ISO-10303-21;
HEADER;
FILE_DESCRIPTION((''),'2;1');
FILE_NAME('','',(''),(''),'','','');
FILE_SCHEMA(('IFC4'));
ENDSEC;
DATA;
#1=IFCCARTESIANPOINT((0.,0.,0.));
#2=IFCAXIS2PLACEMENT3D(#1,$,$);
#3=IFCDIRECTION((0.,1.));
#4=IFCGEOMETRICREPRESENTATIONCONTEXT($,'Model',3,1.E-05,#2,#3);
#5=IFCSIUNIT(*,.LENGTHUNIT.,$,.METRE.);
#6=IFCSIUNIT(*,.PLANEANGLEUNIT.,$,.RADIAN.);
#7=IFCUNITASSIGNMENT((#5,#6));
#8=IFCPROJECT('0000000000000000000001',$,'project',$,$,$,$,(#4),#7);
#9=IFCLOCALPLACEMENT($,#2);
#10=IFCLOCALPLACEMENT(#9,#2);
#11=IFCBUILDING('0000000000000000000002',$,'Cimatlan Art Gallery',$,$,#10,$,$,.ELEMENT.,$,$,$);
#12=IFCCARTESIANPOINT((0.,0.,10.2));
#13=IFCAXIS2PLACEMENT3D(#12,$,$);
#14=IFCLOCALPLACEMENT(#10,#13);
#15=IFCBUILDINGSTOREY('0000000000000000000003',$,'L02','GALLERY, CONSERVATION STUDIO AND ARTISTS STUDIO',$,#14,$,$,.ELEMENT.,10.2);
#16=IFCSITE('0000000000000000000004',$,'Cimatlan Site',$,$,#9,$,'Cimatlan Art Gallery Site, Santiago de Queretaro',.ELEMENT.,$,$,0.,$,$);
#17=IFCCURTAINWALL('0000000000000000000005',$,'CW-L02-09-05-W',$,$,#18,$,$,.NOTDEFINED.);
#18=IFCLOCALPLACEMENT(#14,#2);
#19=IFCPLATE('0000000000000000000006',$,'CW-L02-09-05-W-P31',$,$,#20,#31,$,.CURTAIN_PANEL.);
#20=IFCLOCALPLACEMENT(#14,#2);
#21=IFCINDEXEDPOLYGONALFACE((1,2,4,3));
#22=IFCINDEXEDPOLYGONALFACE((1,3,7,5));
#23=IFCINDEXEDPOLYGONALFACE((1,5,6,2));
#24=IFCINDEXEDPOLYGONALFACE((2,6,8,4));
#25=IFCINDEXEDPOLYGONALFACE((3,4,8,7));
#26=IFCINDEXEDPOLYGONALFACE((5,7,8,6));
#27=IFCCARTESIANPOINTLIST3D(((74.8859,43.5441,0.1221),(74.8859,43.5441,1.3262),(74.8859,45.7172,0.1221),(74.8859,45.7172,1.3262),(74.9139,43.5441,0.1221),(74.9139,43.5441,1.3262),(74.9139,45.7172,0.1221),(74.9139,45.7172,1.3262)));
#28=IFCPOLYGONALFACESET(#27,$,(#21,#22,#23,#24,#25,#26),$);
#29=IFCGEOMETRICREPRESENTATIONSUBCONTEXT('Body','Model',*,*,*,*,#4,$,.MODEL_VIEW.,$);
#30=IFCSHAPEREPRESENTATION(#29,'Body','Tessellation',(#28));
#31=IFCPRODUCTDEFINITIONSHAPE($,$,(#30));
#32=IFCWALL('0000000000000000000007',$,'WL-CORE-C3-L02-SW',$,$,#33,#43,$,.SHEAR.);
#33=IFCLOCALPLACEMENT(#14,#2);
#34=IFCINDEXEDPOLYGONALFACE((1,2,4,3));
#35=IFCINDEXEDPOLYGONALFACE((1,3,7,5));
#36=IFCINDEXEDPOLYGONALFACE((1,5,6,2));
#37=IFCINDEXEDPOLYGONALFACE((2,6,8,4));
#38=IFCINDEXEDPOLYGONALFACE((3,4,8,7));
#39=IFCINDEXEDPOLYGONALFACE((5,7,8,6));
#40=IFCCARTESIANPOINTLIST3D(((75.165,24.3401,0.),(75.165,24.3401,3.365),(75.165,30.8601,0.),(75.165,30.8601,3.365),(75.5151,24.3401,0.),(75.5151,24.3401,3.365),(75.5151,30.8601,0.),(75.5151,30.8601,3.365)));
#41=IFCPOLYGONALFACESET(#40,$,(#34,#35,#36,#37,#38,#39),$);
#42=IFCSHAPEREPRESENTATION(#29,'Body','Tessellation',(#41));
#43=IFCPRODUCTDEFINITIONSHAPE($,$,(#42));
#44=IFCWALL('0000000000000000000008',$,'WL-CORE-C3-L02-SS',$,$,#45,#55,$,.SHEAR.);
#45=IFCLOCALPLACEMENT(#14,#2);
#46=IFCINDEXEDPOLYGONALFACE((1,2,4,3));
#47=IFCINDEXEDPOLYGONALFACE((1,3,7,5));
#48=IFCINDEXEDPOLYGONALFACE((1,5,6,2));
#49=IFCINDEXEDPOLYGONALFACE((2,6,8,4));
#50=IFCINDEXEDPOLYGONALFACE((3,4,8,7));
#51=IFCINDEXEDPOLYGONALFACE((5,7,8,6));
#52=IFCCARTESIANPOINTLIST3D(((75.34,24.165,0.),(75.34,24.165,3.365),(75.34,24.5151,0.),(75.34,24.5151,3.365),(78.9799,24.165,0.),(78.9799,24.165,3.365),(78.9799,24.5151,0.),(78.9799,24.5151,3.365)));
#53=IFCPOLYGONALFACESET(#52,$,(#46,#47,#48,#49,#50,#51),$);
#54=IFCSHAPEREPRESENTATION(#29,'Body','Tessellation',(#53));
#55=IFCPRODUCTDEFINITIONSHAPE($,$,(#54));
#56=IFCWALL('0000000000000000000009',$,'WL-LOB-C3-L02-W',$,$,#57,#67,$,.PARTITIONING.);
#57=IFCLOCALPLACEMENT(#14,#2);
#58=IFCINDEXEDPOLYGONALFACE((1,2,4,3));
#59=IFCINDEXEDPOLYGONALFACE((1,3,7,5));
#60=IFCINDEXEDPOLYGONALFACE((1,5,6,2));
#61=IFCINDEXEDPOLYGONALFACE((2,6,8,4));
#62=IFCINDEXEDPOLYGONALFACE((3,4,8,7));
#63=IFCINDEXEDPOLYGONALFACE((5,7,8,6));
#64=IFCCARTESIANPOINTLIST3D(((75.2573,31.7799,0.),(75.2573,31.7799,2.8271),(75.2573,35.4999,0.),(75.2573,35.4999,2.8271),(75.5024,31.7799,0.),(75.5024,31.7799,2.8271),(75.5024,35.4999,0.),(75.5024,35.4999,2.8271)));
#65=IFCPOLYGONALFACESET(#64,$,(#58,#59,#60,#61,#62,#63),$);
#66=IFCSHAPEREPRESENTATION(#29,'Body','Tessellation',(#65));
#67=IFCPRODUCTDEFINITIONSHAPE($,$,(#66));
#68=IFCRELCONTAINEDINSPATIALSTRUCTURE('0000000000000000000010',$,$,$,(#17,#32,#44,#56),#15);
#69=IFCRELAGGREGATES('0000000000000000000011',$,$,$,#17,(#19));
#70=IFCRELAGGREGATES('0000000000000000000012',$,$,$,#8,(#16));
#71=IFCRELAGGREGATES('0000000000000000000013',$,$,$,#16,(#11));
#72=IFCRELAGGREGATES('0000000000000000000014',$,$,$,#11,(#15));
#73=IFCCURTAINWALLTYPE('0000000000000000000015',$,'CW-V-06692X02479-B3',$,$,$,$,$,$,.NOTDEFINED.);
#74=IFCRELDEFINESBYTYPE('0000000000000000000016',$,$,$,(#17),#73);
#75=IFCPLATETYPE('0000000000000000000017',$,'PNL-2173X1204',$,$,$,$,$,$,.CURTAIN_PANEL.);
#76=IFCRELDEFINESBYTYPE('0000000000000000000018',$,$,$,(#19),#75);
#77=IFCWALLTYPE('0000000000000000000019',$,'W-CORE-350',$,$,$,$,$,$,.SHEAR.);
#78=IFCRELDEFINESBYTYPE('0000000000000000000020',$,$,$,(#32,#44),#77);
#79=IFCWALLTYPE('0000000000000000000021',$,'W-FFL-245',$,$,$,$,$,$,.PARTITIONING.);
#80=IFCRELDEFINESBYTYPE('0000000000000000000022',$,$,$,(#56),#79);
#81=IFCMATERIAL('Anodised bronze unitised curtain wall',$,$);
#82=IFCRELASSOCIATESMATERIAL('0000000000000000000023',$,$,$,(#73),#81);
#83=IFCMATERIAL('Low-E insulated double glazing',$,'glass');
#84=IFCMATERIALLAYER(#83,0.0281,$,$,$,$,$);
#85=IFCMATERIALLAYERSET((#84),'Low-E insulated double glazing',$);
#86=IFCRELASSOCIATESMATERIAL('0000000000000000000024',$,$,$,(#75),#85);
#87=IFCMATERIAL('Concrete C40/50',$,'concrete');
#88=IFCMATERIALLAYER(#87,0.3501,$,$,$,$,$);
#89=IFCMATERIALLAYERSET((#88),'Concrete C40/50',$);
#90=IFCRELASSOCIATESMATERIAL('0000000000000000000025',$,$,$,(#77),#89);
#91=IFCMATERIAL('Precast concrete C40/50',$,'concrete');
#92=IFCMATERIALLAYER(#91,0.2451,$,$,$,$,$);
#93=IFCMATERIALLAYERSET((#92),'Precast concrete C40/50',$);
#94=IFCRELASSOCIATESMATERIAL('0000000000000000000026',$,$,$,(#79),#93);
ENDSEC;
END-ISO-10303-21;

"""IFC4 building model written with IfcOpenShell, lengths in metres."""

from ifc_helpers import new_model, si_unit, direction, frame, frame_2d, origin, origin_2d, place, context, subcontext, project, spatial, rectangle, extrude, material, layer, layer_set, type_object, element, aggregate, save


model = new_model("IFC4")

# Units and contexts
model_context = context("Model", 3, precision=1e-05, world=origin(), true_north=direction((0.0, 1.0)))
body_context = subcontext(model_context, "Body", "Model", "MODEL_VIEW")
ifc_project = project(units=[si_unit("LENGTHUNIT", "METRE"), si_unit("PLANEANGLEUNIT", "RADIAN")], contexts=[model_context])

# Site, building, storey
site_placement = place(None, origin())
site = spatial("IfcSite", under=ifc_project, at=site_placement, Name="Cimatlan Site", LongName="Cimatlan Art Gallery Site, Santiago de Queretaro", CompositionType="ELEMENT", RefElevation=0.0)
building_placement = place(site_placement, origin())
building = spatial("IfcBuilding", under=site, at=building_placement, Name="Cimatlan Art Gallery", CompositionType="ELEMENT")
storey_placement = place(building_placement, frame((0.0, 0.0, 10.2)))
storey = spatial("IfcBuildingStorey", under=building, at=storey_placement, Name="L02", Description="GALLERY, CONSERVATION STUDIO AND ARTISTS STUDIO", CompositionType="ELEMENT", Elevation=10.2)

# Curtain wall
ifc_material_1 = material(Name="Anodised bronze unitised curtain wall")
curtain_wall_type_1 = type_object("IfcCurtainWallType", Name="CW-V-06692X02479-B3", PredefinedType="NOTDEFINED", material=ifc_material_1)
curtain_wall_1_placement = place(storey_placement, origin())
curtain_wall_1 = element("IfcCurtainWall", 1, at=curtain_wall_1_placement, inside=storey, type_object=curtain_wall_type_1, Name="CW-L02-09-05-W", PredefinedType="NOTDEFINED")

# Plate
ifc_material_2 = material(Name="Low-E insulated double glazing", Category="glass")
ifc_layer_1 = layer(ifc_material_2, 0.0281)
ifc_layer_set_1 = layer_set([ifc_layer_1], Name="Low-E insulated double glazing")
plate_type_1 = type_object("IfcPlateType", Name="PNL-2173X1204", PredefinedType="CURTAIN_PANEL", material=ifc_layer_set_1)
plate_1_placement = place(storey_placement, frame((74.8999, 44.6306, 0.1221), z_axis=(0.0, 0.0, 1.0), x_axis=(0.0, 1.0, 0.0)))
plate_1 = element("IfcPlate", 2, at=plate_1_placement, type_object=plate_type_1, Name="CW-L02-09-05-W-P31", PredefinedType="CURTAIN_PANEL", context=body_context, shape_type="SweptSolid", body=[
    extrude(rectangle(XDim=2.1731, YDim=0.0281, at=origin_2d()), origin(), (0.0, 0.0, 1.0), 1.2041),
])
aggregate(curtain_wall_1, [plate_1])

# Walls
ifc_material_3 = material(Name="Concrete C40/50", Category="concrete")
ifc_layer_2 = layer(ifc_material_3, 0.3501)
ifc_layer_set_2 = layer_set([ifc_layer_2], Name="Concrete C40/50")
wall_type_1 = type_object("IfcWallType", Name="W-CORE-350", PredefinedType="SHEAR", material=ifc_layer_set_2)
wall_1_placement = place(storey_placement, frame((75.3401, 24.3401, 0.0), z_axis=(0.0, 0.0, 1.0), x_axis=(0.0, 1.0, 0.0)))
element("IfcWall", 3, at=wall_1_placement, inside=storey, type_object=wall_type_1, Name="WL-CORE-C3-L02-SW", PredefinedType="SHEAR", context=body_context, shape_type="SweptSolid", body=[
    extrude(rectangle(XDim=6.52, YDim=0.3501, at=frame_2d((3.26, 0.0))), origin(), (0.0, 0.0, 1.0), 3.365),
])
wall_2_placement = place(storey_placement, frame((75.3401, 24.3401, 0.0), z_axis=(0.0, 0.0, 1.0), x_axis=(1.0, 0.0, 0.0)))
element("IfcWall", 4, at=wall_2_placement, inside=storey, type_object=wall_type_1, Name="WL-CORE-C3-L02-SS", PredefinedType="SHEAR", context=body_context, shape_type="SweptSolid", body=[
    extrude(rectangle(XDim=3.6399, YDim=0.3501, at=frame_2d((1.8198, 0.0))), origin(), (0.0, 0.0, 1.0), 3.365),
])

# Shared definitions
ifc_material_4 = material(Name="Precast concrete C40/50", Category="concrete")
ifc_layer_3 = layer(ifc_material_4, 0.2451)
ifc_layer_set_3 = layer_set([ifc_layer_3], Name="Precast concrete C40/50")
wall_type_2 = type_object("IfcWallType", Name="W-FFL-245", PredefinedType="PARTITIONING", material=ifc_layer_set_3)

# Wall
wall_3_placement = place(storey_placement, frame((75.3799, 31.78, 0.0), z_axis=(0.0, 0.0, 1.0), x_axis=(0.0, 1.0, 0.0)))
element("IfcWall", 5, at=wall_3_placement, inside=storey, type_object=wall_type_2, Name="WL-LOB-C3-L02-W", PredefinedType="PARTITIONING", context=body_context, shape_type="SweptSolid", body=[
    extrude(rectangle(XDim=3.72, YDim=0.2451, at=frame_2d((1.8599, 0.0))), origin(), (0.0, 0.0, 1.0), 2.8271),
])

save(model, "model.ifc")
